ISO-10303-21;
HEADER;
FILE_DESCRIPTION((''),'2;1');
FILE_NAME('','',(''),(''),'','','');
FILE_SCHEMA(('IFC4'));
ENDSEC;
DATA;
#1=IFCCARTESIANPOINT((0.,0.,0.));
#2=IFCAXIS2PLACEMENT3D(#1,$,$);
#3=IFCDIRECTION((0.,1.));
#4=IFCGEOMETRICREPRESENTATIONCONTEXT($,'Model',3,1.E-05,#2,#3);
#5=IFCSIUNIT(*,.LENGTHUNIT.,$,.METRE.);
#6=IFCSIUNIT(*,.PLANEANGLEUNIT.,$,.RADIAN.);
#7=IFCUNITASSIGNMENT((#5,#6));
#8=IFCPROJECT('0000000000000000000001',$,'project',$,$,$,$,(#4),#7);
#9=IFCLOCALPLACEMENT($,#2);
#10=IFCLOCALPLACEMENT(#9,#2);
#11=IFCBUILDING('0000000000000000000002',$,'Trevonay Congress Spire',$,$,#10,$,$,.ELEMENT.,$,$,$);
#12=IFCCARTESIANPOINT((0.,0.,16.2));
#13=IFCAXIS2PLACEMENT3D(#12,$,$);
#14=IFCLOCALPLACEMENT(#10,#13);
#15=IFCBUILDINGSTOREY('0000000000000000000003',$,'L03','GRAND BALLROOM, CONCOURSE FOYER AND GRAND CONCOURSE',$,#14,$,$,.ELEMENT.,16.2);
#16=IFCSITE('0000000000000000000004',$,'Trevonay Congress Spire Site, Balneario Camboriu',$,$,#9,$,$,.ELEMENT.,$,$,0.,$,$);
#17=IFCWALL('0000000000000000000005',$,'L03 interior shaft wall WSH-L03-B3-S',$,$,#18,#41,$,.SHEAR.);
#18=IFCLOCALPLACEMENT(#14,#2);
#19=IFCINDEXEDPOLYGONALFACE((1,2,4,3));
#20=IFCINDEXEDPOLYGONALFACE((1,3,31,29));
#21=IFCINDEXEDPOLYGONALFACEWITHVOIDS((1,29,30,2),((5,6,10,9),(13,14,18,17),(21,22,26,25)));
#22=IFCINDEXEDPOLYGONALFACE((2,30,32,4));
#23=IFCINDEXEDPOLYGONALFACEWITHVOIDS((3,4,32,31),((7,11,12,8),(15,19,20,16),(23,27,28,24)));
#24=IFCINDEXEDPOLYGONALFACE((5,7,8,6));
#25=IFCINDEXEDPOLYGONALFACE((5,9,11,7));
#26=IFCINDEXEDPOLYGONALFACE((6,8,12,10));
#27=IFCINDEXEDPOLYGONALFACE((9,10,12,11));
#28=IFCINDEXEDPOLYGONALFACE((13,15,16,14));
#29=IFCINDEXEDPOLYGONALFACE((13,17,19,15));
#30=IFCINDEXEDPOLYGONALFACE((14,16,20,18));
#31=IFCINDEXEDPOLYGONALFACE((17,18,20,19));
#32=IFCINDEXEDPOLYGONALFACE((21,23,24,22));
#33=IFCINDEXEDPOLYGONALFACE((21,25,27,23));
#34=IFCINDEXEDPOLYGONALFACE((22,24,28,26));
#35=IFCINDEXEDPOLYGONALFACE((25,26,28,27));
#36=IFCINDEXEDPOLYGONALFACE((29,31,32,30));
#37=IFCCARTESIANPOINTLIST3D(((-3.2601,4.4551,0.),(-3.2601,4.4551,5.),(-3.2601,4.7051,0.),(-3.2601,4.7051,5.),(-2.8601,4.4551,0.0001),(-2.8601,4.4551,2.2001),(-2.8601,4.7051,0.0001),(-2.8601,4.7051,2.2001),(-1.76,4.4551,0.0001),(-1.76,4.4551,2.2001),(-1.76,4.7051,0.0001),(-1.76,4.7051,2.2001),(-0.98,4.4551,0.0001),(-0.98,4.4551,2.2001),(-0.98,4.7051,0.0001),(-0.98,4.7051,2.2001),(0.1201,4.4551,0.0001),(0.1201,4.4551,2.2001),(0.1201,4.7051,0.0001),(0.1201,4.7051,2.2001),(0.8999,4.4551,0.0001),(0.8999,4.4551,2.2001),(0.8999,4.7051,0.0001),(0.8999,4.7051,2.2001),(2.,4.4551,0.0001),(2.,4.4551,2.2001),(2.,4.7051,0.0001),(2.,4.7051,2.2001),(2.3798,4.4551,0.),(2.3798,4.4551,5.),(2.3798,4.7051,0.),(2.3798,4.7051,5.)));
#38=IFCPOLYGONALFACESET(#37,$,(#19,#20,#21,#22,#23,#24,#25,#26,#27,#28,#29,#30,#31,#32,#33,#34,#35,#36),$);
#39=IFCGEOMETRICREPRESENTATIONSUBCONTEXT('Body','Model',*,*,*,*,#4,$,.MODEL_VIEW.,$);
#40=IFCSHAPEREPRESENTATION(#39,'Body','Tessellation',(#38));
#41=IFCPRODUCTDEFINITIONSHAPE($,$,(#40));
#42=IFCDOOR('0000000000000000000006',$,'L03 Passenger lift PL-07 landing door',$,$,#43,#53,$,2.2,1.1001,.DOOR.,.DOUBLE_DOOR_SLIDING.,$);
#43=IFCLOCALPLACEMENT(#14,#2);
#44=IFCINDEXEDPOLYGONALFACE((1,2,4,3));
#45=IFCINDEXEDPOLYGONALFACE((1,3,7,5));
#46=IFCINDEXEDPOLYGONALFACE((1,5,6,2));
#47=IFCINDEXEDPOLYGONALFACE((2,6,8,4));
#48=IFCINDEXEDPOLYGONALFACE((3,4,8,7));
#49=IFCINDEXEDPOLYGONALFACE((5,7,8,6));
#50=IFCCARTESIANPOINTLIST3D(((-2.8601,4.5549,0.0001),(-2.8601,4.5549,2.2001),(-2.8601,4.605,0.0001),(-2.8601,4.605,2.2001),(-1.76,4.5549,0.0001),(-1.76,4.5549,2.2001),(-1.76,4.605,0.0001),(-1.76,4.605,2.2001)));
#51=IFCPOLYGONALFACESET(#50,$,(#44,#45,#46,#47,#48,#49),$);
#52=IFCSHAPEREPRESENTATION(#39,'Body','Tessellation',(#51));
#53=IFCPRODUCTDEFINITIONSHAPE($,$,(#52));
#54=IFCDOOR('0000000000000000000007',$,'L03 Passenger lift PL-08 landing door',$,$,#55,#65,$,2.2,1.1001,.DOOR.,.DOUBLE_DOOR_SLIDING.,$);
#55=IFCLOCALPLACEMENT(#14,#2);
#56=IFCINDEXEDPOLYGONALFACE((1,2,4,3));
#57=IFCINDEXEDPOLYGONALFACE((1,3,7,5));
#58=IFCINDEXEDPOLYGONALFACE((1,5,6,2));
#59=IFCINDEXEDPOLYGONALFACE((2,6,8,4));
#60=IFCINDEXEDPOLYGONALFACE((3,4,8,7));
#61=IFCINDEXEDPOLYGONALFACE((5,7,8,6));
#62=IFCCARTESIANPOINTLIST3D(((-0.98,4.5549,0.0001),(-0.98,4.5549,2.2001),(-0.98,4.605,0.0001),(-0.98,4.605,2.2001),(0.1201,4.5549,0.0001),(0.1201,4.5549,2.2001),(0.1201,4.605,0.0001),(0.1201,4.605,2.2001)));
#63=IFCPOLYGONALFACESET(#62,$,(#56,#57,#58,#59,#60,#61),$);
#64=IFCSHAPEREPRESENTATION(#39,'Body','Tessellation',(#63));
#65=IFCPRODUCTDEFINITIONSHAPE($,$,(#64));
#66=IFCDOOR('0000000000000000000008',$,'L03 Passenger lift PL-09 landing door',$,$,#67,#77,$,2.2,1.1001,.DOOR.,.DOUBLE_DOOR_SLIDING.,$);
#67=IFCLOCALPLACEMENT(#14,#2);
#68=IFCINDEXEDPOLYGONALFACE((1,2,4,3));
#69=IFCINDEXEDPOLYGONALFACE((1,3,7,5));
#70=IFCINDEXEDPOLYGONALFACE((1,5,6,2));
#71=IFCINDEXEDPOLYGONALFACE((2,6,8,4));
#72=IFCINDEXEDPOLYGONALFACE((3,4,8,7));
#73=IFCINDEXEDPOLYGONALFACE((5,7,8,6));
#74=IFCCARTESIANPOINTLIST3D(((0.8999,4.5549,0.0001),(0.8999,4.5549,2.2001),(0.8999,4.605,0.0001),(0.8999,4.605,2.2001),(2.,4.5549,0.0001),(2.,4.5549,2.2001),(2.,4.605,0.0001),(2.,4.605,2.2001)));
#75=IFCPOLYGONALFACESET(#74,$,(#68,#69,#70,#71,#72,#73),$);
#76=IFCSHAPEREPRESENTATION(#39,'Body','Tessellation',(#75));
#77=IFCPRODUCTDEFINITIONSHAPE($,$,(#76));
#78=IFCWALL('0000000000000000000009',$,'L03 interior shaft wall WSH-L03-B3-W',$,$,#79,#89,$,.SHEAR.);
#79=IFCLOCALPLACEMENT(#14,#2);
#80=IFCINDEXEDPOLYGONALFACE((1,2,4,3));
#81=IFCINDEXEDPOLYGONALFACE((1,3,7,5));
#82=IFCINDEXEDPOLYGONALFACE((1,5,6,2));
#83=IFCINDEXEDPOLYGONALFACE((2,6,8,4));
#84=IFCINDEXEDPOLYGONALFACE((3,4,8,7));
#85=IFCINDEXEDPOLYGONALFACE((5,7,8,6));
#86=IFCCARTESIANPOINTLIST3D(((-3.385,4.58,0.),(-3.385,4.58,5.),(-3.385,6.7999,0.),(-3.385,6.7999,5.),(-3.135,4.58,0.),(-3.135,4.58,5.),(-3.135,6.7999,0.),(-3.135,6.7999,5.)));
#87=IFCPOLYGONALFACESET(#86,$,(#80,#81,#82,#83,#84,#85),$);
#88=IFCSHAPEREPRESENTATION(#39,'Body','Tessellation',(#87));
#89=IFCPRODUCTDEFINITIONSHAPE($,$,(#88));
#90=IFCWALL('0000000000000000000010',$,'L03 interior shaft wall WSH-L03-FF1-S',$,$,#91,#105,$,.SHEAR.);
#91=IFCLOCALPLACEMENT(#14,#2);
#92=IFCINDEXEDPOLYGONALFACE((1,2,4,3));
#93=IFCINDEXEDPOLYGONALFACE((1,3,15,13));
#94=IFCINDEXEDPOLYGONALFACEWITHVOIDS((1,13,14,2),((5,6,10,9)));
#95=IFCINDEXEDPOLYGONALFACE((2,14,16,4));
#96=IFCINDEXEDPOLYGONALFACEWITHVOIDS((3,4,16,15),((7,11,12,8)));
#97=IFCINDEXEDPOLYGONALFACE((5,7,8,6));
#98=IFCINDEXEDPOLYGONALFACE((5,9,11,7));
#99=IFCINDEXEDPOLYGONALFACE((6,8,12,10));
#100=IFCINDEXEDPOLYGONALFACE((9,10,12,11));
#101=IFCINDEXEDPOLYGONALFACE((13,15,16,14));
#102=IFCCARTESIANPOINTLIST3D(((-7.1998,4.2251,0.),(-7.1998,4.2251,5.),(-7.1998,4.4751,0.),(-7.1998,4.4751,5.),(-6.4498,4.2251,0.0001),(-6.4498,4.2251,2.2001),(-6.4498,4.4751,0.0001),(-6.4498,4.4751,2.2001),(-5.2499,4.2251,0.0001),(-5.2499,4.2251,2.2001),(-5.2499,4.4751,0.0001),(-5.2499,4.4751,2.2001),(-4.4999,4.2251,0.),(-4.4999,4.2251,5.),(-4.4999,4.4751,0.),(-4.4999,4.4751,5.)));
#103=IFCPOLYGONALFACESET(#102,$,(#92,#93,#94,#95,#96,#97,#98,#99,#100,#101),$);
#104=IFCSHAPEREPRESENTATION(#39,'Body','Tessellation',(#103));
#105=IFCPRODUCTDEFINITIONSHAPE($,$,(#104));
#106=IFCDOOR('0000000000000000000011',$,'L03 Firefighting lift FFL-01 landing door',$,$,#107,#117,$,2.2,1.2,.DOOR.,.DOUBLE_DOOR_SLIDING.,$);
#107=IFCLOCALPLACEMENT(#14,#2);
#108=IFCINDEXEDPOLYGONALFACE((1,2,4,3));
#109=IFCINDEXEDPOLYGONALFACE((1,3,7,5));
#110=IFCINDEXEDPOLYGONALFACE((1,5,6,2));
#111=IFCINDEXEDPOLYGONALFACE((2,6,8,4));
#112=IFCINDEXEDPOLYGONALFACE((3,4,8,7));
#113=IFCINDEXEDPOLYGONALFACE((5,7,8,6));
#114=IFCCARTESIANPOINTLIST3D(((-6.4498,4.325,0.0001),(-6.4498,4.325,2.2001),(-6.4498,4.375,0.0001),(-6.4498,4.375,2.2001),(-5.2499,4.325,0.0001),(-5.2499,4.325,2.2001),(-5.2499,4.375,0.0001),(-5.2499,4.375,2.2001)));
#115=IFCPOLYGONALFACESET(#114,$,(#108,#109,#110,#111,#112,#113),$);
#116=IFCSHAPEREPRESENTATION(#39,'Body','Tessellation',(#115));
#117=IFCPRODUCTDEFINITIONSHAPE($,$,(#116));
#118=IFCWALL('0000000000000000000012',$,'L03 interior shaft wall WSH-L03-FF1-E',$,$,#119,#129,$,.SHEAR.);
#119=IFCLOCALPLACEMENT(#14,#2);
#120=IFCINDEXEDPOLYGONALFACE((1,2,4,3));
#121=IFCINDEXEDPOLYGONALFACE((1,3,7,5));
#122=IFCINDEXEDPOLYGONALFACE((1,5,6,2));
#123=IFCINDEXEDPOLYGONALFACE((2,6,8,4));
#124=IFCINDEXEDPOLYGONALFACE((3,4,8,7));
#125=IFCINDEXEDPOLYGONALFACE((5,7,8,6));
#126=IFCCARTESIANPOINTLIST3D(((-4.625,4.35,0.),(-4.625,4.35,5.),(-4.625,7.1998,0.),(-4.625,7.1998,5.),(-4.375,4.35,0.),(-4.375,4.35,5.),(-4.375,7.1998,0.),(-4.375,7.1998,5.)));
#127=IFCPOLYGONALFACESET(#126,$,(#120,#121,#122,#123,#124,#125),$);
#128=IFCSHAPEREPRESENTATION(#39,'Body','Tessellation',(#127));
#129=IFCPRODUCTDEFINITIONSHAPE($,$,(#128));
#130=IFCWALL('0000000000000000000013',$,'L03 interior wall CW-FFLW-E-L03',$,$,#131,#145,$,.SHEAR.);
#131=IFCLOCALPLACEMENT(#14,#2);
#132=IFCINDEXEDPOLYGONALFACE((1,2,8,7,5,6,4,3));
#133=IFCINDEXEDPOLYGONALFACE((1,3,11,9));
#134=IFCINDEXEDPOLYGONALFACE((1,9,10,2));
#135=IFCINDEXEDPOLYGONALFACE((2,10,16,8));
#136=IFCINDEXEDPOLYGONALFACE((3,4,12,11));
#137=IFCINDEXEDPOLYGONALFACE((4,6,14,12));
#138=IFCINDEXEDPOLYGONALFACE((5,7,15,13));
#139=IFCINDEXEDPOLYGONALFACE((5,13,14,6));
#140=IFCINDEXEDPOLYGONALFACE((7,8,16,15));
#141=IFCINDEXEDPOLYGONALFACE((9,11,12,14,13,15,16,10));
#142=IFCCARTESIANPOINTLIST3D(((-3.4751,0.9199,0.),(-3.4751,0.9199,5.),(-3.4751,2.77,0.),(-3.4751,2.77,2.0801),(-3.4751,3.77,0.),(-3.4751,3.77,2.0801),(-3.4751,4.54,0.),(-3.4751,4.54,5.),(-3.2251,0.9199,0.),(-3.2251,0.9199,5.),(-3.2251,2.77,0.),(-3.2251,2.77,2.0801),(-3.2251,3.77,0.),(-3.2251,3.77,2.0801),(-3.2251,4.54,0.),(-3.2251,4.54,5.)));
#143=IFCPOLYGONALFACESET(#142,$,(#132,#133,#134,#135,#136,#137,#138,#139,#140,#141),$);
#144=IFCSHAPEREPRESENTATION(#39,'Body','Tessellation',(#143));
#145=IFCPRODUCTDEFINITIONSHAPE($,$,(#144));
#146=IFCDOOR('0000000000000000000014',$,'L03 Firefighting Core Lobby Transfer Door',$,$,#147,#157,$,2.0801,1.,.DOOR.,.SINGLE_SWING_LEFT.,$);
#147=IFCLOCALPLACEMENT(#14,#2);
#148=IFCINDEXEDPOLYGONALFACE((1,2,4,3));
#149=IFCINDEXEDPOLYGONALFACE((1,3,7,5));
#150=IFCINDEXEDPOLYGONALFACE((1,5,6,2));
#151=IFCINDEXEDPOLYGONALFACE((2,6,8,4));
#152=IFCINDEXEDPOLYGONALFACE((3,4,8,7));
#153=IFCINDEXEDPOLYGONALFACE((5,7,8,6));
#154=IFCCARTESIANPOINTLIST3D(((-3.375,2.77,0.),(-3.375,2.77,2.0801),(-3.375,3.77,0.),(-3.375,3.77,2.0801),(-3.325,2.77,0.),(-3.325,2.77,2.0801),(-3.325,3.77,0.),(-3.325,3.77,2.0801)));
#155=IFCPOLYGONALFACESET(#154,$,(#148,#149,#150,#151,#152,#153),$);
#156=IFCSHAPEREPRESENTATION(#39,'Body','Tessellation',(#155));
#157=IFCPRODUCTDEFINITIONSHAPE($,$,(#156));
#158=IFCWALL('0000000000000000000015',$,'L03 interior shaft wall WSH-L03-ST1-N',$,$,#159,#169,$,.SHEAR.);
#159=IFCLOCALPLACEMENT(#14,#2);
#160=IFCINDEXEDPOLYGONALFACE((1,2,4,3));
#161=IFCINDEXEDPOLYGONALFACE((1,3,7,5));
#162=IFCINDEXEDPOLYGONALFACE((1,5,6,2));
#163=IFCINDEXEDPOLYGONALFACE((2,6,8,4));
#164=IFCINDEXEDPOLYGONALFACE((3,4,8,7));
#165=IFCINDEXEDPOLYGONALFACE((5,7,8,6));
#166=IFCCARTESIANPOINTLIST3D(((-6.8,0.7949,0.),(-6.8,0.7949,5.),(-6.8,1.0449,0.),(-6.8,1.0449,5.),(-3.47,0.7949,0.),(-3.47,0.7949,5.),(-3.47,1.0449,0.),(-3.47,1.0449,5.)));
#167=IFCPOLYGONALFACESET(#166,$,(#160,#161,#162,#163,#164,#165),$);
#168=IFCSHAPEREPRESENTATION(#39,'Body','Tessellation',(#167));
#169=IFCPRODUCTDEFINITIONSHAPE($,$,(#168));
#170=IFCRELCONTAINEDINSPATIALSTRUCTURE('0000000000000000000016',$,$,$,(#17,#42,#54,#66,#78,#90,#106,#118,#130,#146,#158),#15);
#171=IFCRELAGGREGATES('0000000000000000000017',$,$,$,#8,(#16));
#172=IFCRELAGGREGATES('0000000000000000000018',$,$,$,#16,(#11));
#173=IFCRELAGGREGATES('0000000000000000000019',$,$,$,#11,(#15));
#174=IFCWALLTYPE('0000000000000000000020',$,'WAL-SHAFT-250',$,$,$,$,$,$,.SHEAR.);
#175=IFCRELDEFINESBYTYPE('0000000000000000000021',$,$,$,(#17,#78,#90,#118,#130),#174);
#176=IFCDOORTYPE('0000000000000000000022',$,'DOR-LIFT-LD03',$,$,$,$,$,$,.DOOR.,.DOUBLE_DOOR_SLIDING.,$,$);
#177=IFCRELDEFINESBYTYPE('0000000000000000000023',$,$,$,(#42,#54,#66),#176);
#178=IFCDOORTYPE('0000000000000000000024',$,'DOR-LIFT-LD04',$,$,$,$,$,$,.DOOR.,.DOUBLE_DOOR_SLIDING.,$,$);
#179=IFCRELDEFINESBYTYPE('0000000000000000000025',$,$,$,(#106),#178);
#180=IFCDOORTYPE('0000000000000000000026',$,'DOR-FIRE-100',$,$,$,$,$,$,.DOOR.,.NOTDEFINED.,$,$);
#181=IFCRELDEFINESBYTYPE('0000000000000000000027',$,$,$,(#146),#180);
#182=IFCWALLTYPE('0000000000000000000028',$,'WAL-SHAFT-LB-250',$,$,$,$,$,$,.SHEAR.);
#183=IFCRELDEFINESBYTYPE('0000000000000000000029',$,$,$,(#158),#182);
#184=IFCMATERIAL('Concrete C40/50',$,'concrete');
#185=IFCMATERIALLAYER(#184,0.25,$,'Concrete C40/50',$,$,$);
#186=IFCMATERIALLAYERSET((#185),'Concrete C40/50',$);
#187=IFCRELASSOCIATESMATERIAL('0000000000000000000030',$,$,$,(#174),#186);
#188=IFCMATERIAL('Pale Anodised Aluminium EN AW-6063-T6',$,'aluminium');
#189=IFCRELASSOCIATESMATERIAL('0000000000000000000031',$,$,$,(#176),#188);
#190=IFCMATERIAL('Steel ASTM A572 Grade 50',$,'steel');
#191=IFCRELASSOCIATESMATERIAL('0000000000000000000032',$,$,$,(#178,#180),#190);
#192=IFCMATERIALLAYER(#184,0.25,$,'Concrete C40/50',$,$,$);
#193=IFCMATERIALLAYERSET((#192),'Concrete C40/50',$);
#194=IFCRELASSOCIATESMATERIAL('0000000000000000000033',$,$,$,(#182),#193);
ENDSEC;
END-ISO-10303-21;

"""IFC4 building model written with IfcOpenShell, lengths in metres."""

from ifc_helpers import new_model, si_unit, direction, frame, frame_2d, origin, place, context, subcontext, project, spatial, rectangle, extrude, material, layer, layer_set, type_object, element, fill, save


model = new_model("IFC4")

# Units and contexts
model_context = context("Model", 3, precision=1e-05, world=origin(), true_north=direction((0.0, 1.0)))
body_context = subcontext(model_context, "Body", "Model", "MODEL_VIEW")
ifc_project = project(units=[si_unit("LENGTHUNIT", "METRE"), si_unit("PLANEANGLEUNIT", "RADIAN")], contexts=[model_context])

# Site, building, storey
site_placement = place(None, origin())
site = spatial("IfcSite", under=ifc_project, at=site_placement, Name="Trevonay Congress Spire Site, Balneario Camboriu", CompositionType="ELEMENT", RefElevation=0.0)
building_placement = place(site_placement, origin())
building = spatial("IfcBuilding", under=site, at=building_placement, Name="Trevonay Congress Spire", CompositionType="ELEMENT")
storey_placement = place(building_placement, frame((0.0, 0.0, 16.2)))
storey = spatial("IfcBuildingStorey", under=building, at=storey_placement, Name="L03", Description="GRAND BALLROOM, CONCOURSE FOYER AND GRAND CONCOURSE", CompositionType="ELEMENT", Elevation=16.2)

# Shared definitions
ifc_material_1 = material(Name="Steel ASTM A572 Grade 50", Category="steel")

# Shared definitions
ifc_material_2 = material(Name="Concrete C40/50", Category="concrete")

# Wall, openings, doors
ifc_layer_1 = layer(ifc_material_2, 0.25, Name="Concrete C40/50")
ifc_layer_set_1 = layer_set([ifc_layer_1], Name="Concrete C40/50")
wall_type_1 = type_object("IfcWallType", Name="WAL-SHAFT-250", PredefinedType="SHEAR", material=ifc_layer_set_1)
ifc_material_3 = material(Name="Pale Anodised Aluminium EN AW-6063-T6", Category="aluminium")
wall_1_placement = place(storey_placement, frame((-3.26, 4.5801, 0.0), z_axis=(0.0, 0.0, 1.0), x_axis=(1.0, 0.0, 0.0)))
wall_1 = element("IfcWall", 1, at=wall_1_placement, inside=storey, type_object=wall_type_1, Name="L03 interior shaft wall WSH-L03-B3-S", PredefinedType="SHEAR", context=body_context, shape_type="SweptSolid", body=[
    extrude(rectangle(XDim=5.6399, YDim=0.25, at=frame_2d((2.8198, 0.0))), origin(), (0.0, 0.0, 1.0), 5.0),
])
opening_1_placement = place(wall_1_placement, frame((0.3999, 0.0, 0.0)))
opening_1 = element("IfcOpeningElement", 2, at=opening_1_placement, cuts=wall_1, PredefinedType="OPENING", context=body_context, shape_type="SweptSolid", body=[
    extrude(rectangle(XDim=1.1001, YDim=2.2, at=frame_2d((0.55, 1.1001))), frame((0.0, 0.135, 0.0), z_axis=(0.0, -1.0, 0.0), x_axis=(1.0, 0.0, 0.0)), (0.0, 0.0, 1.0), 0.27),
])
opening_2_placement = place(wall_1_placement, frame((2.28, 0.0, 0.0)))
opening_2 = element("IfcOpeningElement", 3, at=opening_2_placement, cuts=wall_1, PredefinedType="OPENING", context=body_context, shape_type="SweptSolid", body=[
    extrude(rectangle(XDim=1.1001, YDim=2.2, at=frame_2d((0.55, 1.1001))), frame((0.0, 0.135, 0.0), z_axis=(0.0, -1.0, 0.0), x_axis=(1.0, 0.0, 0.0)), (0.0, 0.0, 1.0), 0.27),
])
opening_3_placement = place(wall_1_placement, frame((4.1599, 0.0, 0.0)))
opening_3 = element("IfcOpeningElement", 4, at=opening_3_placement, cuts=wall_1, PredefinedType="OPENING", context=body_context, shape_type="SweptSolid", body=[
    extrude(rectangle(XDim=1.1001, YDim=2.2, at=frame_2d((0.55, 1.1001))), frame((0.0, 0.135, 0.0), z_axis=(0.0, -1.0, 0.0), x_axis=(1.0, 0.0, 0.0)), (0.0, 0.0, 1.0), 0.27),
])
door_type_1 = type_object("IfcDoorType", Name="DOR-LIFT-LD03", OperationType="DOUBLE_DOOR_SLIDING", PredefinedType="DOOR", material=ifc_material_3)
door_1_placement = place(opening_1_placement, origin())
door_1 = element("IfcDoor", 5, at=door_1_placement, inside=storey, type_object=door_type_1, Name="L03 Passenger lift PL-07 landing door", OperationType="DOUBLE_DOOR_SLIDING", OverallHeight=2.2, OverallWidth=1.1001, PredefinedType="DOOR", context=body_context, shape_type="SweptSolid", body=[
    extrude(rectangle(XDim=1.1001, YDim=2.2, at=frame_2d((0.55, 1.1001))), frame((0.0, 0.0249, 0.0), z_axis=(0.0, -1.0, 0.0), x_axis=(1.0, 0.0, 0.0)), (0.0, 0.0, 1.0), 0.05),
])
fill(opening_1, door_1)
door_2_placement = place(opening_2_placement, origin())
door_2 = element("IfcDoor", 6, at=door_2_placement, inside=storey, type_object=door_type_1, Name="L03 Passenger lift PL-08 landing door", OperationType="DOUBLE_DOOR_SLIDING", OverallHeight=2.2, OverallWidth=1.1001, PredefinedType="DOOR", context=body_context, shape_type="SweptSolid", body=[
    extrude(rectangle(XDim=1.1001, YDim=2.2, at=frame_2d((0.55, 1.1001))), frame((0.0, 0.0249, 0.0), z_axis=(0.0, -1.0, 0.0), x_axis=(1.0, 0.0, 0.0)), (0.0, 0.0, 1.0), 0.05),
])
fill(opening_2, door_2)
door_3_placement = place(opening_3_placement, origin())
door_3 = element("IfcDoor", 7, at=door_3_placement, inside=storey, type_object=door_type_1, Name="L03 Passenger lift PL-09 landing door", OperationType="DOUBLE_DOOR_SLIDING", OverallHeight=2.2, OverallWidth=1.1001, PredefinedType="DOOR", context=body_context, shape_type="SweptSolid", body=[
    extrude(rectangle(XDim=1.1001, YDim=2.2, at=frame_2d((0.55, 1.1001))), frame((0.0, 0.0249, 0.0), z_axis=(0.0, -1.0, 0.0), x_axis=(1.0, 0.0, 0.0)), (0.0, 0.0, 1.0), 0.05),
])
fill(opening_3, door_3)

# Wall
wall_2_placement = place(storey_placement, frame((-3.26, 4.5801, 0.0), z_axis=(0.0, 0.0, 1.0), x_axis=(0.0, 1.0, 0.0)))
element("IfcWall", 8, at=wall_2_placement, inside=storey, type_object=wall_type_1, Name="L03 interior shaft wall WSH-L03-B3-W", PredefinedType="SHEAR", context=body_context, shape_type="SweptSolid", body=[
    extrude(rectangle(XDim=2.22, YDim=0.25, at=frame_2d((1.1099, 0.0))), origin(), (0.0, 0.0, 1.0), 5.0),
])

# Wall, opening, door
wall_3_placement = place(storey_placement, frame((-7.2, 4.3501, 0.0), z_axis=(0.0, 0.0, 1.0), x_axis=(1.0, 0.0, 0.0)))
wall_3 = element("IfcWall", 9, at=wall_3_placement, inside=storey, type_object=wall_type_1, Name="L03 interior shaft wall WSH-L03-FF1-S", PredefinedType="SHEAR", context=body_context, shape_type="SweptSolid", body=[
    extrude(rectangle(XDim=2.7, YDim=0.25, at=frame_2d((1.3501, 0.0))), origin(), (0.0, 0.0, 1.0), 5.0),
])
opening_4_placement = place(wall_3_placement, frame((0.75, 0.0, 0.0)))
opening_4 = element("IfcOpeningElement", 10, at=opening_4_placement, cuts=wall_3, PredefinedType="OPENING", context=body_context, shape_type="SweptSolid", body=[
    extrude(rectangle(XDim=1.2, YDim=2.2, at=frame_2d((0.6001, 1.1001))), frame((0.0, 0.135, 0.0), z_axis=(0.0, -1.0, 0.0), x_axis=(1.0, 0.0, 0.0)), (0.0, 0.0, 1.0), 0.27),
])
door_type_2 = type_object("IfcDoorType", Name="DOR-LIFT-LD04", OperationType="DOUBLE_DOOR_SLIDING", PredefinedType="DOOR", material=ifc_material_1)
door_4_placement = place(opening_4_placement, origin())
door_4 = element("IfcDoor", 11, at=door_4_placement, inside=storey, type_object=door_type_2, Name="L03 Firefighting lift FFL-01 landing door", OperationType="DOUBLE_DOOR_SLIDING", OverallHeight=2.2, OverallWidth=1.2, PredefinedType="DOOR", context=body_context, shape_type="SweptSolid", body=[
    extrude(rectangle(XDim=1.2, YDim=2.2, at=frame_2d((0.6001, 1.1001))), frame((0.0, 0.0249, 0.0), z_axis=(0.0, -1.0, 0.0), x_axis=(1.0, 0.0, 0.0)), (0.0, 0.0, 1.0), 0.05),
])
fill(opening_4, door_4)

# Wall
wall_4_placement = place(storey_placement, frame((-4.5, 4.3501, 0.0), z_axis=(0.0, 0.0, 1.0), x_axis=(0.0, 1.0, 0.0)))
element("IfcWall", 12, at=wall_4_placement, inside=storey, type_object=wall_type_1, Name="L03 interior shaft wall WSH-L03-FF1-E", PredefinedType="SHEAR", context=body_context, shape_type="SweptSolid", body=[
    extrude(rectangle(XDim=2.8499, YDim=0.25, at=frame_2d((1.4248, 0.0))), origin(), (0.0, 0.0, 1.0), 5.0),
])

# Wall, opening, door
wall_5_placement = place(storey_placement, frame((-3.3501, 0.9199, 0.0), z_axis=(0.0, 0.0, 1.0), x_axis=(0.0, 1.0, 0.0)))
wall_5 = element("IfcWall", 13, at=wall_5_placement, inside=storey, type_object=wall_type_1, Name="L03 interior wall CW-FFLW-E-L03", PredefinedType="SHEAR", context=body_context, shape_type="SweptSolid", body=[
    extrude(rectangle(XDim=3.6201, YDim=0.25, at=frame_2d((1.8101, 0.0))), origin(), (0.0, 0.0, 1.0), 5.0),
])
opening_5_placement = place(wall_5_placement, frame((1.8501, 0.0, 0.0)))
opening_5 = element("IfcOpeningElement", 14, at=opening_5_placement, cuts=wall_5, PredefinedType="OPENING", context=body_context, shape_type="SweptSolid", body=[
    extrude(rectangle(XDim=1.0, YDim=2.0801, at=frame_2d((0.5, 1.04))), frame((0.0, 0.135, 0.0), z_axis=(0.0, -1.0, 0.0), x_axis=(1.0, 0.0, 0.0)), (0.0, 0.0, 1.0), 0.27),
])
door_type_3 = type_object("IfcDoorType", Name="DOR-FIRE-100", OperationType="NOTDEFINED", PredefinedType="DOOR", material=ifc_material_1)
door_5_placement = place(opening_5_placement, origin())
door_5 = element("IfcDoor", 15, at=door_5_placement, inside=storey, type_object=door_type_3, Name="L03 Firefighting Core Lobby Transfer Door", OperationType="SINGLE_SWING_LEFT", OverallHeight=2.0801, OverallWidth=1.0, PredefinedType="DOOR", context=body_context, shape_type="SweptSolid", body=[
    extrude(rectangle(XDim=1.0, YDim=2.0801, at=frame_2d((0.5, 1.04))), frame((0.0, 0.0249, 0.0), z_axis=(0.0, -1.0, 0.0), x_axis=(1.0, 0.0, 0.0)), (0.0, 0.0, 1.0), 0.05),
])
fill(opening_5, door_5)

# Wall
ifc_layer_2 = layer(ifc_material_2, 0.25, Name="Concrete C40/50")
ifc_layer_set_2 = layer_set([ifc_layer_2], Name="Concrete C40/50")
wall_type_2 = type_object("IfcWallType", Name="WAL-SHAFT-LB-250", PredefinedType="SHEAR", material=ifc_layer_set_2)
wall_6_placement = place(storey_placement, frame((-6.8, 0.9199, 0.0), z_axis=(0.0, 0.0, 1.0), x_axis=(1.0, 0.0, 0.0)))
element("IfcWall", 16, at=wall_6_placement, inside=storey, type_object=wall_type_2, Name="L03 interior shaft wall WSH-L03-ST1-N", PredefinedType="SHEAR", context=body_context, shape_type="SweptSolid", body=[
    extrude(rectangle(XDim=3.3301, YDim=0.25, at=frame_2d((1.665, 0.0))), origin(), (0.0, 0.0, 1.0), 5.0),
])

save(model, "model.ifc")
